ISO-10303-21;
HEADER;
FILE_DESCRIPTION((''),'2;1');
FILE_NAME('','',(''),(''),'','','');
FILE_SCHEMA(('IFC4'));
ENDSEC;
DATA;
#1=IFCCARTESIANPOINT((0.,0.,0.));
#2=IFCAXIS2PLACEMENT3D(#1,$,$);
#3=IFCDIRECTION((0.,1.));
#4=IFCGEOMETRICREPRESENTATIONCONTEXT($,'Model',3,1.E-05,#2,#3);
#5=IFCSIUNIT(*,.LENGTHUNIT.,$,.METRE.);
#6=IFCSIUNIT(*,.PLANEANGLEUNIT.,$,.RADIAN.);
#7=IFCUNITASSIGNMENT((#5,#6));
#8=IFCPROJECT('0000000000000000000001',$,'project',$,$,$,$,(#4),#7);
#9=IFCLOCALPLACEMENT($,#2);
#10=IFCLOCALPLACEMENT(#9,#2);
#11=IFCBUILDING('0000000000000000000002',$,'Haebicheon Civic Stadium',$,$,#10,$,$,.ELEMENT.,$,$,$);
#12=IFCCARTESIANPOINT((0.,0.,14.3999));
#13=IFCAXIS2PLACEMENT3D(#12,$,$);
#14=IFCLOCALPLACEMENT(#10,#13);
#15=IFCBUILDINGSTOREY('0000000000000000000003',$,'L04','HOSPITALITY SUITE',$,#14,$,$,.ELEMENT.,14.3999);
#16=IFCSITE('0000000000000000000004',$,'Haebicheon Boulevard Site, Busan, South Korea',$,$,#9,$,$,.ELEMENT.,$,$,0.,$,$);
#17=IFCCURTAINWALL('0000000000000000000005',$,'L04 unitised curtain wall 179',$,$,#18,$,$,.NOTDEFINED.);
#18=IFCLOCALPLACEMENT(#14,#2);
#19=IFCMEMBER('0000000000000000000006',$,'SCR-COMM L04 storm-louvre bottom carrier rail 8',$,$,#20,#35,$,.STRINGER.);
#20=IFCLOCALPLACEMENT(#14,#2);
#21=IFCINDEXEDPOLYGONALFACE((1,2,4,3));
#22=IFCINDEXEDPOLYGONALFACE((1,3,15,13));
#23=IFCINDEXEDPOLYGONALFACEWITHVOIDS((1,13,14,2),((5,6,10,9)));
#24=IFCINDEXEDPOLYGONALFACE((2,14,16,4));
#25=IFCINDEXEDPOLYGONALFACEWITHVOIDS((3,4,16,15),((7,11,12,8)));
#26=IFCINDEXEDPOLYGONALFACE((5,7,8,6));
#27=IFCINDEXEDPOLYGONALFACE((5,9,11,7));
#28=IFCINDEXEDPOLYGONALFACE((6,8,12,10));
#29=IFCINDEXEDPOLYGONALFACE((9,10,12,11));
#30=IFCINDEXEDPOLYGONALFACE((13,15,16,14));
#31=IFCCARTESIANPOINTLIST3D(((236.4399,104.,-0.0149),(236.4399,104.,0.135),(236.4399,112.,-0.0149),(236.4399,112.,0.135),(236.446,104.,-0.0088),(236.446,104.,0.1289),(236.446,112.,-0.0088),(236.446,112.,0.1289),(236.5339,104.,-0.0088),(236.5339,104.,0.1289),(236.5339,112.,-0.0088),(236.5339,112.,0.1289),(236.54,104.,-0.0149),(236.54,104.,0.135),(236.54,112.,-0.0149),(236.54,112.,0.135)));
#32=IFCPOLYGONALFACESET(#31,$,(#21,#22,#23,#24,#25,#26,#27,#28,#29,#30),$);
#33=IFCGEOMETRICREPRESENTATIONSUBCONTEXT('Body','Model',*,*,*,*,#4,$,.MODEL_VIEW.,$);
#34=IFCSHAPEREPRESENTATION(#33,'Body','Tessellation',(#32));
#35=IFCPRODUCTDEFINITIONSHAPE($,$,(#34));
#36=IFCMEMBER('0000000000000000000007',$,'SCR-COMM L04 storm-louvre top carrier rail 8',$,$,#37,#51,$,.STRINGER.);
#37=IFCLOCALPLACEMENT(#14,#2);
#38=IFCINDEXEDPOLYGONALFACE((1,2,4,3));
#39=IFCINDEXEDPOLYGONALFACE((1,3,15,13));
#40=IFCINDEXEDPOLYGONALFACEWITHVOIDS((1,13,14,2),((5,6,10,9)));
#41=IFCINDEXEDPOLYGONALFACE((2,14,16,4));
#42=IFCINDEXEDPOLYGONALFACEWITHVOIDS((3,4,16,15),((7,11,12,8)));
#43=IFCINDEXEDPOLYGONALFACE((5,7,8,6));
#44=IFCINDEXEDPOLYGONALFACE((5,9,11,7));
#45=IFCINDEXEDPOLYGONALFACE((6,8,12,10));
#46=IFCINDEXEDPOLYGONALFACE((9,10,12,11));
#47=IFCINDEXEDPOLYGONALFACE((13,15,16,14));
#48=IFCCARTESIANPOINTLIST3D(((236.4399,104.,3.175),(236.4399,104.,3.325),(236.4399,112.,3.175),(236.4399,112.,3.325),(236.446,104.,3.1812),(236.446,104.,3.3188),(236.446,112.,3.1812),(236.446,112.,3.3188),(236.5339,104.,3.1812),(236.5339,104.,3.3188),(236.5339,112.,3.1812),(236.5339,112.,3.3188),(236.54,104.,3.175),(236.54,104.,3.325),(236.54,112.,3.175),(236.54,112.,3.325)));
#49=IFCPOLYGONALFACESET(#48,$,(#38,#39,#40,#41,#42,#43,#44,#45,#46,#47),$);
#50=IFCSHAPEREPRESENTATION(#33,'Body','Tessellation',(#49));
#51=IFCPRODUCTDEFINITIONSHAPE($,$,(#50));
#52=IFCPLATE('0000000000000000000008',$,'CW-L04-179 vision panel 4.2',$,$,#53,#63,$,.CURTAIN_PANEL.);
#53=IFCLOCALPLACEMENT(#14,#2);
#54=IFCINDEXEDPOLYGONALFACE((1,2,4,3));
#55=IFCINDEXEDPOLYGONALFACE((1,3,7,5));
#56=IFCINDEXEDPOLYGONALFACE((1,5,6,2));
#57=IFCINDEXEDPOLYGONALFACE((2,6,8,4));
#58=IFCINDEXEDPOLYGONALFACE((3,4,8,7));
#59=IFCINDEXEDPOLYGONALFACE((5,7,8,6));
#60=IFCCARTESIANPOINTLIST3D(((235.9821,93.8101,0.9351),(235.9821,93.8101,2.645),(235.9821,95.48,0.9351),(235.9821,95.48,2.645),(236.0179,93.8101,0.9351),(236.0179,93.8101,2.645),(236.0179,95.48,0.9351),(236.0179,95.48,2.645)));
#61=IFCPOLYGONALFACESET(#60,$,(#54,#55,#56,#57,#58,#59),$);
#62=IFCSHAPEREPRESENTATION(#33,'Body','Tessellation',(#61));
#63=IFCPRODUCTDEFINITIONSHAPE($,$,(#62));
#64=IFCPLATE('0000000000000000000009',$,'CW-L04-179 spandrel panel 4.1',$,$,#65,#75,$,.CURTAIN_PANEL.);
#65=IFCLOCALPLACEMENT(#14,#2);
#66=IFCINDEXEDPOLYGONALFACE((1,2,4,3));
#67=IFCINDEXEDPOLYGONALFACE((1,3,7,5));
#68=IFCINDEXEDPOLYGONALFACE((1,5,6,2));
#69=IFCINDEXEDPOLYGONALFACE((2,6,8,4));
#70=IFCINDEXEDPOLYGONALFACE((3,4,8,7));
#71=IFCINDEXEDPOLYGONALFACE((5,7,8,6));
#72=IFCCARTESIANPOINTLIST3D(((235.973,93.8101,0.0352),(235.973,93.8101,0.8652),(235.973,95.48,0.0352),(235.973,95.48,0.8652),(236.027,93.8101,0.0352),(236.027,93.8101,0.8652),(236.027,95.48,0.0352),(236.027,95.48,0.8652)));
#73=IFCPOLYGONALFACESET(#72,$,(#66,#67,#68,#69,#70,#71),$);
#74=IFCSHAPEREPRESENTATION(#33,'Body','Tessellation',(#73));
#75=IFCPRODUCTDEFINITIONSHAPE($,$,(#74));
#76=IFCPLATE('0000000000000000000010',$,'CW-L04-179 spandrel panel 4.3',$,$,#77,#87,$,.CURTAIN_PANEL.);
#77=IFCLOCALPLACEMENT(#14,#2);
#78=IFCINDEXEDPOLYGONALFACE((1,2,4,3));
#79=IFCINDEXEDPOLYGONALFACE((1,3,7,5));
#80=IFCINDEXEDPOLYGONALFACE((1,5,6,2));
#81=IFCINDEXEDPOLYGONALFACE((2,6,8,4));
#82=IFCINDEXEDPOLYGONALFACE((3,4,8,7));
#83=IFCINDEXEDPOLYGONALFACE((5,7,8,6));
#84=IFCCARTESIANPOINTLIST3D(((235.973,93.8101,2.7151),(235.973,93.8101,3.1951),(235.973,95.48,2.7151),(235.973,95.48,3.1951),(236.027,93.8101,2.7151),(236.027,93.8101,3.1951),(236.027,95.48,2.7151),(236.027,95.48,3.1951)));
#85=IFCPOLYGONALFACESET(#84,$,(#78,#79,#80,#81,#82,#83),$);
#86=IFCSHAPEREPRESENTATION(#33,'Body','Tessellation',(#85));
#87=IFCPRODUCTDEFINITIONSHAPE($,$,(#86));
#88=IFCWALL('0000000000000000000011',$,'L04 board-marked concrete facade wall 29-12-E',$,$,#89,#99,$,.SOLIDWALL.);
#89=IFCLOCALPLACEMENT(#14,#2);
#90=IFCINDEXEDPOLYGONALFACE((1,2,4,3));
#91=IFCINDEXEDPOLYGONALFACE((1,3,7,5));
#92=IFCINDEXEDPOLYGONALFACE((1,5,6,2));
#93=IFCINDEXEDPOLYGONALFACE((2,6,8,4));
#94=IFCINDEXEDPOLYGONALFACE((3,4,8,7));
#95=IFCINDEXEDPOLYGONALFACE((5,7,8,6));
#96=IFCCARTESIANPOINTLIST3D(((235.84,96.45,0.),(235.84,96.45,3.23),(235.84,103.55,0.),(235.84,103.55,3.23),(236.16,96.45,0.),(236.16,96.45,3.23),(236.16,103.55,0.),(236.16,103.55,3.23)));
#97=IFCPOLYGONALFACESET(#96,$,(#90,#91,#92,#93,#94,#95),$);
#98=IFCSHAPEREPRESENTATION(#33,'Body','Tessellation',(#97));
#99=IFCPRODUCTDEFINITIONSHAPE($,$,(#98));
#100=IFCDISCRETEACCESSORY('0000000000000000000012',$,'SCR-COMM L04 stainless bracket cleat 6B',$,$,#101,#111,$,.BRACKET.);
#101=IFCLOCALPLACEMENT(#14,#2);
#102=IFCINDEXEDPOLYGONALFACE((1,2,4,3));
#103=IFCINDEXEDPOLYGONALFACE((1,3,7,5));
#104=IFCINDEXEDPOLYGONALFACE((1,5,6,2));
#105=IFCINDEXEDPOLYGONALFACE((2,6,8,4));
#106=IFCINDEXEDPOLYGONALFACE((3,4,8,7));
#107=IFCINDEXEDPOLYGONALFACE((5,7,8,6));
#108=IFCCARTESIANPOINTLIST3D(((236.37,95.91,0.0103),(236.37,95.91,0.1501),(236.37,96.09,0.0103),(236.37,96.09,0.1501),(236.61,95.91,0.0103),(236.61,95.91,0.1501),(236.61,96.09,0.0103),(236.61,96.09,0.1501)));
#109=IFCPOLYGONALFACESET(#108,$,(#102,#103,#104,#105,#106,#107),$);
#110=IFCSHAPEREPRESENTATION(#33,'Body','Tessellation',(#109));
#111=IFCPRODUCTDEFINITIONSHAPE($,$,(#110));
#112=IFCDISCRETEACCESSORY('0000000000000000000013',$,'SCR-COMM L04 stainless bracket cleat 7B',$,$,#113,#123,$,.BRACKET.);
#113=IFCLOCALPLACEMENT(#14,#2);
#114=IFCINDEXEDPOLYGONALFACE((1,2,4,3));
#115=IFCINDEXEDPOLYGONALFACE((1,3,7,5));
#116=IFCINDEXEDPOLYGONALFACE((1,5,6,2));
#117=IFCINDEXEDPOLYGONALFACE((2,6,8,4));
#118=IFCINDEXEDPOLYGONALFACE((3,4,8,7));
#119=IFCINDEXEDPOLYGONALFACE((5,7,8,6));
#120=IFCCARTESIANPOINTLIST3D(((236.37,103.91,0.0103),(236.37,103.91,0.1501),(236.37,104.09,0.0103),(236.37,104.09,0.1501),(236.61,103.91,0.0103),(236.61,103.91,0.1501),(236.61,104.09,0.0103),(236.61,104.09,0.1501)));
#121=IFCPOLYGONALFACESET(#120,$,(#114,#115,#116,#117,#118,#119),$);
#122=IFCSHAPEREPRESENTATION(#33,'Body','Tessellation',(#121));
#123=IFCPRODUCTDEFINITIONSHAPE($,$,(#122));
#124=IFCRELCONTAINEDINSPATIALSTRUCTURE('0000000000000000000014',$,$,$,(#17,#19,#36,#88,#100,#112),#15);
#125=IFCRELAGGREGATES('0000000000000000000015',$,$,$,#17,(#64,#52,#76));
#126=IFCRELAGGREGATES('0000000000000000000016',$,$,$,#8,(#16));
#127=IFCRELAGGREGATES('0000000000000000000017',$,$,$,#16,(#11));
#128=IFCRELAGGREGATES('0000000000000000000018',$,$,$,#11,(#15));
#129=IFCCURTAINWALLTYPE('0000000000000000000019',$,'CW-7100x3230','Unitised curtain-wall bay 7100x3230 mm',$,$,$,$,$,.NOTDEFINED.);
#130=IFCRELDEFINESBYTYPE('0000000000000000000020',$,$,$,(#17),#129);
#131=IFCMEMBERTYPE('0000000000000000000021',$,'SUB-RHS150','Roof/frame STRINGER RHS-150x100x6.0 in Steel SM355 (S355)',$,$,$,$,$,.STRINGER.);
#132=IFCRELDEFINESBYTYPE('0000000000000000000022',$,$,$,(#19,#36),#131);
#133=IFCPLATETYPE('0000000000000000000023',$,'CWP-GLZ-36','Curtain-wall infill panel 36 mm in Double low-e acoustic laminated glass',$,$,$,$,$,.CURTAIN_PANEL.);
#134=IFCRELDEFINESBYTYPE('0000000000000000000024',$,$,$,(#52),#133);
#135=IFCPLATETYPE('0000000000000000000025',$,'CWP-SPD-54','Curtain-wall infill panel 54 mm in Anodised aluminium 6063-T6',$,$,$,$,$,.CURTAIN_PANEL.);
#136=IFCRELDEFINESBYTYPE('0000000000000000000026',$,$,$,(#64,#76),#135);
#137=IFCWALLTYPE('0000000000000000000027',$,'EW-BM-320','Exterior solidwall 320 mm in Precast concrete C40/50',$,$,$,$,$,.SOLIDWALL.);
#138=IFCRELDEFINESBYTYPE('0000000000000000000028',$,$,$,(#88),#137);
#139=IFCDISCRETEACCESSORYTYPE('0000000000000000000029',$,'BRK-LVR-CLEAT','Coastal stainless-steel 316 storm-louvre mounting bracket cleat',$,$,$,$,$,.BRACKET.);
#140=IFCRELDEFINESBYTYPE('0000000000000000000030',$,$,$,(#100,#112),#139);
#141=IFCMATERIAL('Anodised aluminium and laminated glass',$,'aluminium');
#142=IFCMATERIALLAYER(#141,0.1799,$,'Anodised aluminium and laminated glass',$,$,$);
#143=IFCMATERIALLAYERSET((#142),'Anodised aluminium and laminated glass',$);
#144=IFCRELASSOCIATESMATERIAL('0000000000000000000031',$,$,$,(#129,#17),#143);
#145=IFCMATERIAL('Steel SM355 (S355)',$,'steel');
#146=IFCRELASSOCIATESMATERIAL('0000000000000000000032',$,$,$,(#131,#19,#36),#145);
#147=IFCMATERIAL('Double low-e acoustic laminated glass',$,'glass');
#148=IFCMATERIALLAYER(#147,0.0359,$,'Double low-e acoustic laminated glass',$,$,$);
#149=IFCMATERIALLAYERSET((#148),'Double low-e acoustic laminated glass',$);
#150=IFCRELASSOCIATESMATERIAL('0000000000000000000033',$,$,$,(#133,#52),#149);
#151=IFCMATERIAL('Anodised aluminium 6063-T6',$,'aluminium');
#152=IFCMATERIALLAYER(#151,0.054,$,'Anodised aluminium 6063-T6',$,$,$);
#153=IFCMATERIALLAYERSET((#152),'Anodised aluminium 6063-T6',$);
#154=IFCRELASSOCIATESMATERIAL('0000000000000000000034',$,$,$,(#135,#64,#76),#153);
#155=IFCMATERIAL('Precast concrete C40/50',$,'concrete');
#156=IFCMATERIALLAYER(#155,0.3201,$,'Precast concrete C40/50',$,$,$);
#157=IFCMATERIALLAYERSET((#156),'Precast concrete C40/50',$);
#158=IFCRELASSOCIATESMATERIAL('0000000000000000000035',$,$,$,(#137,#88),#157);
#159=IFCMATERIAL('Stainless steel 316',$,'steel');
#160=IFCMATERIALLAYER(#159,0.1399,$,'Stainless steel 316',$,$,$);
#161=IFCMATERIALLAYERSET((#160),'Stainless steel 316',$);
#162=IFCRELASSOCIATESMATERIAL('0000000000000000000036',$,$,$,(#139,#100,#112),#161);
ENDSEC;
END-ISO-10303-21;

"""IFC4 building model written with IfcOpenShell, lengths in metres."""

from ifc_helpers import new_model, si_unit, direction, frame, frame_2d, origin, origin_2d, place, context, subcontext, project, spatial, rectangle, hollow_rectangle, extrude, material, layer, layer_set, material_profile, profile_set, type_object, element, aggregate, save


model = new_model("IFC4")

# Units and contexts
model_context = context("Model", 3, precision=1e-05, world=origin(), true_north=direction((0.0, 1.0)))
body_context = subcontext(model_context, "Body", "Model", "MODEL_VIEW")
ifc_project = project(units=[si_unit("LENGTHUNIT", "METRE"), si_unit("PLANEANGLEUNIT", "RADIAN")], contexts=[model_context])

# Site, building, storey
site_placement = place(None, origin())
site = spatial("IfcSite", under=ifc_project, at=site_placement, Name="Haebicheon Boulevard Site, Busan, South Korea", CompositionType="ELEMENT", RefElevation=0.0)
building_placement = place(site_placement, origin())
building = spatial("IfcBuilding", under=site, at=building_placement, Name="Haebicheon Civic Stadium", CompositionType="ELEMENT")
storey_placement = place(building_placement, frame((0.0, 0.0, 14.3999)))
storey = spatial("IfcBuildingStorey", under=building, at=storey_placement, Name="L04", Description="HOSPITALITY SUITE", CompositionType="ELEMENT", Elevation=14.3999)

# Curtain wall
ifc_material_1 = material(Name="Anodised aluminium and laminated glass", Category="aluminium")
ifc_layer_1 = layer(ifc_material_1, 0.1799, Name="Anodised aluminium and laminated glass")
ifc_layer_set_1 = layer_set([ifc_layer_1], Name="Anodised aluminium and laminated glass")
curtain_wall_type = type_object("IfcCurtainWallType", Name="CW-7100x3230", Description="Unitised curtain-wall bay 7100x3230 mm", PredefinedType="NOTDEFINED", material=ifc_layer_set_1)
curtain_wall_1_placement = place(storey_placement, origin())
curtain_wall_1 = element("IfcCurtainWall", 1, at=curtain_wall_1_placement, inside=storey, type_object=curtain_wall_type, material=ifc_layer_set_1, Name="L04 unitised curtain wall 179", PredefinedType="NOTDEFINED")

# Members
ifc_material_2 = material(Name="Steel SM355 (S355)", Category="steel")
ifc_material_profile_1 = material_profile(ifc_material_2, hollow_rectangle(XDim=0.1001, YDim=0.1499, WallThickness=0.0061, at=origin_2d()), Name="RHS-150x100x6.0")
ifc_profile_set_1 = profile_set([ifc_material_profile_1], Name="Steel SM355 (S355)")
member_type_1 = type_object("IfcMemberType", Name="SUB-RHS150", Description="Roof/frame STRINGER RHS-150x100x6.0 in Steel SM355 (S355)", PredefinedType="STRINGER", material=ifc_profile_set_1)
for number, where, z_axis, x_axis, name in (
    (2, (236.49, 104.0, 0.0601), (0.0, 1.0, 0.0), (-1.0, 0.0, 0.0), "SCR-COMM L04 storm-louvre bottom carrier rail 8"),
    (3, (236.49, 104.0, 3.25), (0.0, 1.0, 0.0), (-1.0, 0.0, 0.0), "SCR-COMM L04 storm-louvre top carrier rail 8"),
):
    element("IfcMember", number, at=place(storey_placement, frame(where, z_axis=z_axis, x_axis=x_axis)), inside=storey, type_object=member_type_1, material=ifc_profile_set_1, Name=name, PredefinedType="STRINGER", context=body_context, shape_type="SweptSolid", body=[
        extrude(hollow_rectangle(XDim=0.1001, YDim=0.1499, WallThickness=0.0061, at=origin_2d()), origin(), (0.0, 0.0, 1.0), 8.0),
    ])

# Plates
ifc_material_3 = material(Name="Double low-e acoustic laminated glass", Category="glass")
ifc_layer_2 = layer(ifc_material_3, 0.0359, Name="Double low-e acoustic laminated glass")
ifc_layer_set_2 = layer_set([ifc_layer_2], Name="Double low-e acoustic laminated glass")
plate_type_1 = type_object("IfcPlateType", Name="CWP-GLZ-36", Description="Curtain-wall infill panel 36 mm in Double low-e acoustic laminated glass", PredefinedType="CURTAIN_PANEL", material=ifc_layer_set_2)
plate_1_placement = place(storey_placement, frame((236.0, 94.645, 0.9351), z_axis=(0.0, 0.0, 1.0), x_axis=(0.0, 1.0, 0.0)))
plate_1 = element("IfcPlate", 4, at=plate_1_placement, type_object=plate_type_1, material=ifc_layer_set_2, Name="CW-L04-179 vision panel 4.2", PredefinedType="CURTAIN_PANEL", context=body_context, shape_type="SweptSolid", body=[
    extrude(rectangle(XDim=1.6699, YDim=0.0359, at=origin_2d()), origin(), (0.0, 0.0, 1.0), 1.71),
])
ifc_material_4 = material(Name="Anodised aluminium 6063-T6", Category="aluminium")
ifc_layer_3 = layer(ifc_material_4, 0.054, Name="Anodised aluminium 6063-T6")
ifc_layer_set_3 = layer_set([ifc_layer_3], Name="Anodised aluminium 6063-T6")
plate_type_2 = type_object("IfcPlateType", Name="CWP-SPD-54", Description="Curtain-wall infill panel 54 mm in Anodised aluminium 6063-T6", PredefinedType="CURTAIN_PANEL", material=ifc_layer_set_3)
plate_2_placement = place(storey_placement, frame((236.0, 94.645, 0.0352), z_axis=(0.0, 0.0, 1.0), x_axis=(0.0, 1.0, 0.0)))
plate_2 = element("IfcPlate", 5, at=plate_2_placement, type_object=plate_type_2, material=ifc_layer_set_3, Name="CW-L04-179 spandrel panel 4.1", PredefinedType="CURTAIN_PANEL", context=body_context, shape_type="SweptSolid", body=[
    extrude(rectangle(XDim=1.6699, YDim=0.054, at=origin_2d()), origin(), (0.0, 0.0, 1.0), 0.8301),
])
plate_3_placement = place(storey_placement, frame((236.0, 94.645, 2.7151), z_axis=(0.0, 0.0, 1.0), x_axis=(0.0, 1.0, 0.0)))
plate_3 = element("IfcPlate", 6, at=plate_3_placement, type_object=plate_type_2, material=ifc_layer_set_3, Name="CW-L04-179 spandrel panel 4.3", PredefinedType="CURTAIN_PANEL", context=body_context, shape_type="SweptSolid", body=[
    extrude(rectangle(XDim=1.6699, YDim=0.054, at=origin_2d()), origin(), (0.0, 0.0, 1.0), 0.48),
])
aggregate(curtain_wall_1, [plate_2, plate_1, plate_3])

# Wall
ifc_material_5 = material(Name="Precast concrete C40/50", Category="concrete")
ifc_layer_4 = layer(ifc_material_5, 0.3201, Name="Precast concrete C40/50")
ifc_layer_set_4 = layer_set([ifc_layer_4], Name="Precast concrete C40/50")
wall_type = type_object("IfcWallType", Name="EW-BM-320", Description="Exterior solidwall 320 mm in Precast concrete C40/50", PredefinedType="SOLIDWALL", material=ifc_layer_set_4)
wall_placement = place(storey_placement, frame((236.0, 96.45, 0.0), z_axis=(0.0, 0.0, 1.0), x_axis=(0.0, 1.0, 0.0)))
element("IfcWall", 7, at=wall_placement, inside=storey, type_object=wall_type, material=ifc_layer_set_4, Name="L04 board-marked concrete facade wall 29-12-E", PredefinedType="SOLIDWALL", context=body_context, shape_type="SweptSolid", body=[
    extrude(rectangle(XDim=7.1001, YDim=0.3201, at=frame_2d((3.55, 0.0))), origin(), (0.0, 0.0, 1.0), 3.23),
])

# Discrete accessories
ifc_material_6 = material(Name="Stainless steel 316", Category="steel")
ifc_layer_5 = layer(ifc_material_6, 0.1399, Name="Stainless steel 316")
ifc_layer_set_5 = layer_set([ifc_layer_5], Name="Stainless steel 316")
discrete_accessory_type = type_object("IfcDiscreteAccessoryType", Name="BRK-LVR-CLEAT", Description="Coastal stainless-steel 316 storm-louvre mounting bracket cleat", PredefinedType="BRACKET", material=ifc_layer_set_5)
for number, where, z_axis, x_axis, name in (
    (8, (236.49, 96.0, 0.0103), (0.0, 0.0, 1.0), (1.0, 0.0, 0.0), "SCR-COMM L04 stainless bracket cleat 6B"),
    (9, (236.49, 104.0, 0.0103), (0.0, 0.0, 1.0), (1.0, 0.0, 0.0), "SCR-COMM L04 stainless bracket cleat 7B"),
):
    element("IfcDiscreteAccessory", number, at=place(storey_placement, frame(where, z_axis=z_axis, x_axis=x_axis)), inside=storey, type_object=discrete_accessory_type, material=ifc_layer_set_5, Name=name, PredefinedType="BRACKET", context=body_context, shape_type="SweptSolid", body=[
        extrude(rectangle(XDim=0.24, YDim=0.1799, at=origin_2d()), origin(), (0.0, 0.0, 1.0), 0.1399),
    ])

save(model, "model.ifc")
